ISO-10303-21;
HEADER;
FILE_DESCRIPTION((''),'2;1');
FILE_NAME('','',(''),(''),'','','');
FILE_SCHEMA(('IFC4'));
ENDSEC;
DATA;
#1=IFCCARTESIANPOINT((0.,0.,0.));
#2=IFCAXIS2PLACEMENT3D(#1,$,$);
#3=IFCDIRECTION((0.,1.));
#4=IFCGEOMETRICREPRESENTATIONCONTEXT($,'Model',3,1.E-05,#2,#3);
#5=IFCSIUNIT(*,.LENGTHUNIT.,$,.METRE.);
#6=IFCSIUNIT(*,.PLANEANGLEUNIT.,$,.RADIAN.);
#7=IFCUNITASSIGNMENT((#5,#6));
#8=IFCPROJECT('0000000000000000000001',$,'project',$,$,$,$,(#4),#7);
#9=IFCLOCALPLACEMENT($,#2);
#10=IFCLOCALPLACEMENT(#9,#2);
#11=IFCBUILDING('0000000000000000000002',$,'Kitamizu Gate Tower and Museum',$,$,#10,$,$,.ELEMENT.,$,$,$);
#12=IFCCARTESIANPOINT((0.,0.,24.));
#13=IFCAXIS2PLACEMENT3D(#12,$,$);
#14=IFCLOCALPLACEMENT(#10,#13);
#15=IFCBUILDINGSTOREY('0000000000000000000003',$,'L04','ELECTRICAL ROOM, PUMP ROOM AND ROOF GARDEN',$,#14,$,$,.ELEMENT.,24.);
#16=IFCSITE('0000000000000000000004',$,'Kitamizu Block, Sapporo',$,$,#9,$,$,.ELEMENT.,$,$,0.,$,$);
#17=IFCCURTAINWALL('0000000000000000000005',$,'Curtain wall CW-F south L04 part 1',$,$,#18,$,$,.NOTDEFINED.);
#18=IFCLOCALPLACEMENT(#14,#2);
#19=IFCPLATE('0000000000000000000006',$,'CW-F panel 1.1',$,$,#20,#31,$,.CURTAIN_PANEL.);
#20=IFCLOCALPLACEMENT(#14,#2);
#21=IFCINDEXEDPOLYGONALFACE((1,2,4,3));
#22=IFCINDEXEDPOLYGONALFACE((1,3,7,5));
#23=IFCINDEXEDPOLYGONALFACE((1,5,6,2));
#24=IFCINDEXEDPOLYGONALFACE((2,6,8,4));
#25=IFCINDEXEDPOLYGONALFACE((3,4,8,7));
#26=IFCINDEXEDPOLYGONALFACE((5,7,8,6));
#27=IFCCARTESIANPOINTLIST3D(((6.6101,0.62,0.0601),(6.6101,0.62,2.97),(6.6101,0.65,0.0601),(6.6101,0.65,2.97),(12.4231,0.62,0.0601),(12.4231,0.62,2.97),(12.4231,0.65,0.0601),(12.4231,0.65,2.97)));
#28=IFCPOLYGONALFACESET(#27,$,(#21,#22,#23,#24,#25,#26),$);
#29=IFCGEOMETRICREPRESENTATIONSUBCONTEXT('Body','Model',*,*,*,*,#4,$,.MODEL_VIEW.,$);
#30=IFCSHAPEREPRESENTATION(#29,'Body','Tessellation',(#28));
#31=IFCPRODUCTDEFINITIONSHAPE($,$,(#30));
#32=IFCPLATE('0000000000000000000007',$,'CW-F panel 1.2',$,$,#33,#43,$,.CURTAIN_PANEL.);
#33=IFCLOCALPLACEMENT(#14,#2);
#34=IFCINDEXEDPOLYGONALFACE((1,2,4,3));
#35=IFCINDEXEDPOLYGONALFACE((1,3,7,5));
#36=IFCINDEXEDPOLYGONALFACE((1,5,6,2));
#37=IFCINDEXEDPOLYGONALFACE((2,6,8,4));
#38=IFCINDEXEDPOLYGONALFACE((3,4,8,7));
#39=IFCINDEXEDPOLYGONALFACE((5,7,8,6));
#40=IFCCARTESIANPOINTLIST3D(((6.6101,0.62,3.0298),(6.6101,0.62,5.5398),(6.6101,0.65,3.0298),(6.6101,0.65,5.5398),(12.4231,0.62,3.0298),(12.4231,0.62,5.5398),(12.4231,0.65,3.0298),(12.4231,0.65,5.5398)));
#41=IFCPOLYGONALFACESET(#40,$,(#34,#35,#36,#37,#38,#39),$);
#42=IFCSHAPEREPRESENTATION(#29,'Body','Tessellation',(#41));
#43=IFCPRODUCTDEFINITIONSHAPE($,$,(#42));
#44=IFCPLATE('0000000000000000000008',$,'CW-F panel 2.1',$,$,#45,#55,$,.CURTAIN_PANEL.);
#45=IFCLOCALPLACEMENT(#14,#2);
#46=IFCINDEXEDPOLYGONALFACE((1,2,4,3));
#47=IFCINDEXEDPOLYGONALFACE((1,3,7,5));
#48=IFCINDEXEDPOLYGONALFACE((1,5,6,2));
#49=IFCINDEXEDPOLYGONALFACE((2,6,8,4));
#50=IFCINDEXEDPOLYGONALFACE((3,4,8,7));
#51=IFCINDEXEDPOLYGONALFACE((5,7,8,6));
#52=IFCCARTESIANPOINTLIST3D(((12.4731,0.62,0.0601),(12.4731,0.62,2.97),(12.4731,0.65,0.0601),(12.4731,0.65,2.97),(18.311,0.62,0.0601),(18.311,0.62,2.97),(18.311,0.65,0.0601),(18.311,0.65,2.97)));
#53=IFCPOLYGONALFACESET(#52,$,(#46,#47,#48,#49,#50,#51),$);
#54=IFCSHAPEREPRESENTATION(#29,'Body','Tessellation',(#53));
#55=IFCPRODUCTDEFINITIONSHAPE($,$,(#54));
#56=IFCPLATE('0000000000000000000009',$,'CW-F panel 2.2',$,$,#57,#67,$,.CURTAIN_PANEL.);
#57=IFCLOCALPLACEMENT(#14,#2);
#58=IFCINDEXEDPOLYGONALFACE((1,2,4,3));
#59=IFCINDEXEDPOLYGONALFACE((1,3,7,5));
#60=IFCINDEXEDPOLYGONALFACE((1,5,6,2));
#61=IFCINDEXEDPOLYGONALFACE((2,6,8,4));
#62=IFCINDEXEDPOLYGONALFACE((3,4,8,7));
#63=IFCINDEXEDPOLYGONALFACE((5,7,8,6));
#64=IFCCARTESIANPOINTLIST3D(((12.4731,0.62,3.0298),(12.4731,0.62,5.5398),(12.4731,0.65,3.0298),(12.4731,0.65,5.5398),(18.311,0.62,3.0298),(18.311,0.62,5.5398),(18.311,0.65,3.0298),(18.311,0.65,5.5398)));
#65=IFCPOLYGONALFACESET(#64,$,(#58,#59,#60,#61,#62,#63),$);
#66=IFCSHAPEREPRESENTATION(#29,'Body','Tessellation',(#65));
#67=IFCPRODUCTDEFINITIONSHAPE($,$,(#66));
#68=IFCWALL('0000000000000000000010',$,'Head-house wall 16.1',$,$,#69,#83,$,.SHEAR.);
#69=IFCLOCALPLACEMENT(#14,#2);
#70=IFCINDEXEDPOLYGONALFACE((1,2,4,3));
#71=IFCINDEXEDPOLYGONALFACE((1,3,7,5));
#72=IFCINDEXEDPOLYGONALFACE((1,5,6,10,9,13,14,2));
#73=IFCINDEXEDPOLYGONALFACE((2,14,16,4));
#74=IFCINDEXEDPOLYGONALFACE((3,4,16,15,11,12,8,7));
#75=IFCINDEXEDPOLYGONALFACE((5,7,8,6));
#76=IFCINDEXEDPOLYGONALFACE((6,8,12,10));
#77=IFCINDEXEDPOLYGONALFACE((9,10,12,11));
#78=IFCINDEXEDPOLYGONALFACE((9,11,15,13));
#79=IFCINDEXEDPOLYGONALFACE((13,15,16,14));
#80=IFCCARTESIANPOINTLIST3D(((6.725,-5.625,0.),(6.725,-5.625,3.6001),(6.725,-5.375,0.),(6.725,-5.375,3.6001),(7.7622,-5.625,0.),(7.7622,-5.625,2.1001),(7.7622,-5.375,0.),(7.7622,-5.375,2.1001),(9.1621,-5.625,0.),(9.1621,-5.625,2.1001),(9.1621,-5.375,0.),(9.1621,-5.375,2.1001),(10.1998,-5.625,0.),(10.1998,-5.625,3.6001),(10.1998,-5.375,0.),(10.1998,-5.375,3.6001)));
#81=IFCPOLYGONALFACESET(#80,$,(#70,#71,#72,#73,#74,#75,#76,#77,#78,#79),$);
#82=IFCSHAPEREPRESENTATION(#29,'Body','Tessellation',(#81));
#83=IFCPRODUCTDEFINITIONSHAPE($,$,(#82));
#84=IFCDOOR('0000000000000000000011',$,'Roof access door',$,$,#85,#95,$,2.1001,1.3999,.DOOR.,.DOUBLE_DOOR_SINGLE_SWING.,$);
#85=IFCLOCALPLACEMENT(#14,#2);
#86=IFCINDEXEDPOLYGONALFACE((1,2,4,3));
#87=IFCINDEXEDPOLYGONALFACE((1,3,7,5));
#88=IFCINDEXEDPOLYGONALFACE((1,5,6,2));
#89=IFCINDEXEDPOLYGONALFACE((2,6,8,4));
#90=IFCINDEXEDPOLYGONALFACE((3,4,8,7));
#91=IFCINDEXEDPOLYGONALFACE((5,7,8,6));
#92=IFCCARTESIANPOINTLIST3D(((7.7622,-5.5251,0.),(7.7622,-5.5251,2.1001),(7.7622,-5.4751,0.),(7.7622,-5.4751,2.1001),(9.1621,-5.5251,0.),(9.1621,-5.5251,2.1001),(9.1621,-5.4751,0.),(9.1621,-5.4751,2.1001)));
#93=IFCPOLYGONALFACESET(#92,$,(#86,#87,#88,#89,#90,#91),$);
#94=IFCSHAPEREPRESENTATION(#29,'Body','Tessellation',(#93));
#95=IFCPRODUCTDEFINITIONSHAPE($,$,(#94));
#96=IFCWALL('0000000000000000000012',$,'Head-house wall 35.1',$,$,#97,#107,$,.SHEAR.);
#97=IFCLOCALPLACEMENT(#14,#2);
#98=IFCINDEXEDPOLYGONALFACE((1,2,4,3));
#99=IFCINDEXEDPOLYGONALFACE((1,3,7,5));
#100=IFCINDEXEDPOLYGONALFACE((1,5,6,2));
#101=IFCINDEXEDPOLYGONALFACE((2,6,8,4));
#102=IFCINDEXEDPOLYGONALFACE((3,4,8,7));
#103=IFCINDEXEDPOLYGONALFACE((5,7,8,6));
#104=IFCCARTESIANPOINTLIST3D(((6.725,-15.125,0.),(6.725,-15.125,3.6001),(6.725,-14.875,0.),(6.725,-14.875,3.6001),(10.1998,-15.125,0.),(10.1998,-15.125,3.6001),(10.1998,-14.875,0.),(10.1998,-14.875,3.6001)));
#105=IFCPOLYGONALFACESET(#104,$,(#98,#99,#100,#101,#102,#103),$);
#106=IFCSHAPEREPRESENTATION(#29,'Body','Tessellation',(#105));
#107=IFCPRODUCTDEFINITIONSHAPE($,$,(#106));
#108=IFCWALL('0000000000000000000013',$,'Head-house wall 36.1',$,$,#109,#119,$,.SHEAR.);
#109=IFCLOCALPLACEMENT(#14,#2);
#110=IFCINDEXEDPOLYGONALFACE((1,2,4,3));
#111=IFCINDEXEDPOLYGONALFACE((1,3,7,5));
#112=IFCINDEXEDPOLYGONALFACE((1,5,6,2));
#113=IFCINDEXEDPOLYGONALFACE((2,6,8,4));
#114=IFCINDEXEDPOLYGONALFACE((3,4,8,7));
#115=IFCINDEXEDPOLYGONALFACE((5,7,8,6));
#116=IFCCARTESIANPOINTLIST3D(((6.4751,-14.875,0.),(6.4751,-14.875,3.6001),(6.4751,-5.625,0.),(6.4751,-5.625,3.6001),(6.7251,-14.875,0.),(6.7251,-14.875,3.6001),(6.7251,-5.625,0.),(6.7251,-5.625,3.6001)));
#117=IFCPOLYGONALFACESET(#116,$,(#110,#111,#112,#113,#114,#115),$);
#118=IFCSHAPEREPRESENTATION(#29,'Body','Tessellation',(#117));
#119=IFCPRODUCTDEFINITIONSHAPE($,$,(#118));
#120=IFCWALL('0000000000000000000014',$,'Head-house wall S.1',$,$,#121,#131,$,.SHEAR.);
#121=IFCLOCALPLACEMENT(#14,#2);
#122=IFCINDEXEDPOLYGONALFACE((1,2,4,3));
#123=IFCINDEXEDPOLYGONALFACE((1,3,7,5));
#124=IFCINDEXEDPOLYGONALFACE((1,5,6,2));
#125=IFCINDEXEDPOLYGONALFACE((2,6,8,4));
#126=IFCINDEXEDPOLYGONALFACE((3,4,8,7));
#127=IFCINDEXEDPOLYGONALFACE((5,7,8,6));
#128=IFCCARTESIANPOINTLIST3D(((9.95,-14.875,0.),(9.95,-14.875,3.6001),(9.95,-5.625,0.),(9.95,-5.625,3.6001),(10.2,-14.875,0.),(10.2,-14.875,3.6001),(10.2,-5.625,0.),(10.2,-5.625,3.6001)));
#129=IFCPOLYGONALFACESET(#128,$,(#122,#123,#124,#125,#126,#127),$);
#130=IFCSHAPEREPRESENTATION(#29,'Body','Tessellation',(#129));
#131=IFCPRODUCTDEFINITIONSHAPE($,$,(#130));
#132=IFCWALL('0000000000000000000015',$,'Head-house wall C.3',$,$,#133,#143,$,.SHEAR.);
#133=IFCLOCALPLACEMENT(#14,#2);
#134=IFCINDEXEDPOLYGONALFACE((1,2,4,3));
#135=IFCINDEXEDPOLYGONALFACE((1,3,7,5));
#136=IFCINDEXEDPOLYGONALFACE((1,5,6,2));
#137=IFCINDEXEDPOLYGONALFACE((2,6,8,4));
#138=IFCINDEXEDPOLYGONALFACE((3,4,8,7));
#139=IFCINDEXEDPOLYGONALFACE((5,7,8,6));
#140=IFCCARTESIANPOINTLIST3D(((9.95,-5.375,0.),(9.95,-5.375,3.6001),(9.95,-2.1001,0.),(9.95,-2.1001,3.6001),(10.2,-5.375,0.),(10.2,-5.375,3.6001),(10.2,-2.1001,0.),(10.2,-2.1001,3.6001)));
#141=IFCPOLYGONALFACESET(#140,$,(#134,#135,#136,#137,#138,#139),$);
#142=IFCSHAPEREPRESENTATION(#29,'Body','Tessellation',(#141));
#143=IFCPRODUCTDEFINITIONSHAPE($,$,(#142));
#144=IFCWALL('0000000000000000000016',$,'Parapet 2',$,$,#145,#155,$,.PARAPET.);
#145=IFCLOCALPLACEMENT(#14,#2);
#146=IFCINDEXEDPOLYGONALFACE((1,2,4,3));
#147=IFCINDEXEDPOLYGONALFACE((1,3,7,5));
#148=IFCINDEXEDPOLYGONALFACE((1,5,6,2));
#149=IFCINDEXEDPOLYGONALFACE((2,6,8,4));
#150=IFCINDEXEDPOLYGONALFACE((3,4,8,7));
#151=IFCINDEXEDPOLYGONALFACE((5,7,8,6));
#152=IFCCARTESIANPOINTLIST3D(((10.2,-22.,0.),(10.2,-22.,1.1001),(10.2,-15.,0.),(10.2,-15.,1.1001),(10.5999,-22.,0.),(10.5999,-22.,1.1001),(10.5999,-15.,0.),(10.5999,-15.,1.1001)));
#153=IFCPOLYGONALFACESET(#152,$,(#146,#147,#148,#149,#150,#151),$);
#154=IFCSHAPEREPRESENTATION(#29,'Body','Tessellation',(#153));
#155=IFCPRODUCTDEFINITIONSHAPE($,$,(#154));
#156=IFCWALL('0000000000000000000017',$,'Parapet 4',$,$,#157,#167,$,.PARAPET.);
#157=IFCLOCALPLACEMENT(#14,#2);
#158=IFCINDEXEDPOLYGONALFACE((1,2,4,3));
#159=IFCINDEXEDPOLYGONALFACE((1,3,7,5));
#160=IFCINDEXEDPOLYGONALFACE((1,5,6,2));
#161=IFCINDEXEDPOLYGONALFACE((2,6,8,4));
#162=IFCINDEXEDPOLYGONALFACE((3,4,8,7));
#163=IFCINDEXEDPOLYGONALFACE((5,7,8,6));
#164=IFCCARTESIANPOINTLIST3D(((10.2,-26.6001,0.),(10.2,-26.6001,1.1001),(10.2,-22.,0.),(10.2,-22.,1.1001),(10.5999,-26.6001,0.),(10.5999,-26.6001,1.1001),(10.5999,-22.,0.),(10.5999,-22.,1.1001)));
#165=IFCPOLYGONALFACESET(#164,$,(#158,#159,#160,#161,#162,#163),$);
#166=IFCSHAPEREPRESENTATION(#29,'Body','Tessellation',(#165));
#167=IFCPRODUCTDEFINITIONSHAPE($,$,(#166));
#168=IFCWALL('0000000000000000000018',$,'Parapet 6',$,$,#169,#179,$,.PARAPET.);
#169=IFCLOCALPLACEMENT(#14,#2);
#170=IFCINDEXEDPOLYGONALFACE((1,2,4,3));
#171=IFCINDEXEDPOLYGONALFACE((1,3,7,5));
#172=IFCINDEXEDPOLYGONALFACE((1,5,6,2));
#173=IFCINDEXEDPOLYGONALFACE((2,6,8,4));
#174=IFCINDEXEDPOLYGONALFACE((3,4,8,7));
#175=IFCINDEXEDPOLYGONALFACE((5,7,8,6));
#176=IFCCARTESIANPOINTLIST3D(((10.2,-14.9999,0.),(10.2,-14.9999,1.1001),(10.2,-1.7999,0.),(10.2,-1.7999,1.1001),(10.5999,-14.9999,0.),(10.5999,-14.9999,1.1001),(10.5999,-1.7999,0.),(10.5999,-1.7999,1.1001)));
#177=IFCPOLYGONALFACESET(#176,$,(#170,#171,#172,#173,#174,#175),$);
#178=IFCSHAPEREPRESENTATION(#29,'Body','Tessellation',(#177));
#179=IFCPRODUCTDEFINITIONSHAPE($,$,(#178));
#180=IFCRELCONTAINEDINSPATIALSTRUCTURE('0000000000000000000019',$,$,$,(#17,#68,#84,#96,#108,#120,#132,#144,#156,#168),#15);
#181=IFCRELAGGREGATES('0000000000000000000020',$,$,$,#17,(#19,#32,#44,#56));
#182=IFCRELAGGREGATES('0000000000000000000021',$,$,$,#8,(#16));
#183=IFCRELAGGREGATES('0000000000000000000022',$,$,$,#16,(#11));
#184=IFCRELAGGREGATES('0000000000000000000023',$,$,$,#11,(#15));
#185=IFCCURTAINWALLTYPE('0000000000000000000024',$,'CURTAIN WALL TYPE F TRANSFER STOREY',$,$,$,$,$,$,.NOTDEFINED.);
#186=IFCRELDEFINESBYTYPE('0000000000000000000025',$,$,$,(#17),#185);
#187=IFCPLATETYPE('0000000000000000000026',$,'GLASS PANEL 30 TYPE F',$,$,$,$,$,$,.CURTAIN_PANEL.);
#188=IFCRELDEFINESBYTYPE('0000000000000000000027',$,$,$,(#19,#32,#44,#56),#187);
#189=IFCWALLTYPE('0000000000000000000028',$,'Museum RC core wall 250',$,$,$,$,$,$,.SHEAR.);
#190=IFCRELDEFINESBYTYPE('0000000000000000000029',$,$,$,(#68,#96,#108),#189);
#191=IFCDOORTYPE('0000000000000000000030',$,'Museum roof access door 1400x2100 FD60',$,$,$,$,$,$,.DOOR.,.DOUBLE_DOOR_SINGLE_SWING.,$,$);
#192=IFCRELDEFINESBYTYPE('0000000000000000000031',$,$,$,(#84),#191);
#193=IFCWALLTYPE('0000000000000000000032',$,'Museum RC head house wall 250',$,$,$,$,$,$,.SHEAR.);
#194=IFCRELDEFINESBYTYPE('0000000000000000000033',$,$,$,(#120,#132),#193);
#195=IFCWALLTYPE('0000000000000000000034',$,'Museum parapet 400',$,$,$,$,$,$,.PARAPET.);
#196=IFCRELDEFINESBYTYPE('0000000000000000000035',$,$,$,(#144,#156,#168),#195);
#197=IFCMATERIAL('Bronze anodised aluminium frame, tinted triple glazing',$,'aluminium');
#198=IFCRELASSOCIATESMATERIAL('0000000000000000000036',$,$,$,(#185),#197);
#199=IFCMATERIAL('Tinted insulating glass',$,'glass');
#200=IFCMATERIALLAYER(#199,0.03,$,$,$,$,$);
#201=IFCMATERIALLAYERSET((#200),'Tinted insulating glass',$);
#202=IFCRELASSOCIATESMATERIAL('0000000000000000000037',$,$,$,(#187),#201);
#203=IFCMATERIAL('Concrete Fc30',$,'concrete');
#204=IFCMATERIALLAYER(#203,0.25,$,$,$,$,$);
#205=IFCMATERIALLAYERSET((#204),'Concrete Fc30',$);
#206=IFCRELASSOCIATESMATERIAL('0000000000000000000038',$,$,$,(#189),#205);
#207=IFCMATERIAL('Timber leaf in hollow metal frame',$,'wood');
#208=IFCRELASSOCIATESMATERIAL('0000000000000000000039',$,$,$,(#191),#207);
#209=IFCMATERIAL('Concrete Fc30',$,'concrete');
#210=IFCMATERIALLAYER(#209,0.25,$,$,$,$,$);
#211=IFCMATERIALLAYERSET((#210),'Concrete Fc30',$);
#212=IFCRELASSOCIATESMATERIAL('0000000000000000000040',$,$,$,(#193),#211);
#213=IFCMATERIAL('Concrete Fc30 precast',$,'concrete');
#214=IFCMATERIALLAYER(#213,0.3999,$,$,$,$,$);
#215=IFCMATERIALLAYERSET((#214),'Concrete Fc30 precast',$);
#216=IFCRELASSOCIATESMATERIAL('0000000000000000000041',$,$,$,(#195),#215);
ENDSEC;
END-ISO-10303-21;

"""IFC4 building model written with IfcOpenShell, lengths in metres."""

from ifc_helpers import new_model, si_unit, direction, frame, frame_2d, origin, origin_2d, place, context, subcontext, project, spatial, rectangle, extrude, material, layer, layer_set, type_object, element, fill, aggregate, save


model = new_model("IFC4")

# Units and contexts
model_context = context("Model", 3, precision=1e-05, world=origin(), true_north=direction((0.0, 1.0)))
body_context = subcontext(model_context, "Body", "Model", "MODEL_VIEW")
ifc_project = project(units=[si_unit("LENGTHUNIT", "METRE"), si_unit("PLANEANGLEUNIT", "RADIAN")], contexts=[model_context])

# Site, building, storey
site_placement = place(None, origin())
site = spatial("IfcSite", under=ifc_project, at=site_placement, Name="Kitamizu Block, Sapporo", CompositionType="ELEMENT", RefElevation=0.0)
building_placement = place(site_placement, origin())
building = spatial("IfcBuilding", under=site, at=building_placement, Name="Kitamizu Gate Tower and Museum", CompositionType="ELEMENT")
storey_placement = place(building_placement, frame((0.0, 0.0, 24.0)))
storey = spatial("IfcBuildingStorey", under=building, at=storey_placement, Name="L04", Description="ELECTRICAL ROOM, PUMP ROOM AND ROOF GARDEN", CompositionType="ELEMENT", Elevation=24.0)

# Curtain wall
ifc_material_1 = material(Name="Bronze anodised aluminium frame, tinted triple glazing", Category="aluminium")
curtain_wall_type = type_object("IfcCurtainWallType", Name="CURTAIN WALL TYPE F TRANSFER STOREY", PredefinedType="NOTDEFINED", material=ifc_material_1)
curtain_wall_placement = place(storey_placement, origin())
curtain_wall = element("IfcCurtainWall", 1, at=curtain_wall_placement, inside=storey, type_object=curtain_wall_type, Name="Curtain wall CW-F south L04 part 1", PredefinedType="NOTDEFINED")

# Plates
ifc_material_2 = material(Name="Tinted insulating glass", Category="glass")
ifc_layer_1 = layer(ifc_material_2, 0.03)
ifc_layer_set_1 = layer_set([ifc_layer_1], Name="Tinted insulating glass")
plate_type = type_object("IfcPlateType", Name="GLASS PANEL 30 TYPE F", PredefinedType="CURTAIN_PANEL", material=ifc_layer_set_1)
plate_1_placement = place(storey_placement, frame((9.5166, 0.635, 0.0601), z_axis=(0.0, 0.0, 1.0), x_axis=(1.0, 0.0, 0.0)))
plate_1 = element("IfcPlate", 2, at=plate_1_placement, type_object=plate_type, Name="CW-F panel 1.1", PredefinedType="CURTAIN_PANEL", context=body_context, shape_type="SweptSolid", body=[
    extrude(rectangle(XDim=5.813, YDim=0.03, at=origin_2d()), origin(), (0.0, 0.0, 1.0), 2.9099),
])
plate_2_placement = place(storey_placement, frame((9.5166, 0.635, 3.0298), z_axis=(0.0, 0.0, 1.0), x_axis=(1.0, 0.0, 0.0)))
plate_2 = element("IfcPlate", 3, at=plate_2_placement, type_object=plate_type, Name="CW-F panel 1.2", PredefinedType="CURTAIN_PANEL", context=body_context, shape_type="SweptSolid", body=[
    extrude(rectangle(XDim=5.813, YDim=0.03, at=origin_2d()), origin(), (0.0, 0.0, 1.0), 2.51),
])
plate_3_placement = place(storey_placement, frame((15.3921, 0.635, 0.0601), z_axis=(0.0, 0.0, 1.0), x_axis=(1.0, 0.0, 0.0)))
plate_3 = element("IfcPlate", 4, at=plate_3_placement, type_object=plate_type, Name="CW-F panel 2.1", PredefinedType="CURTAIN_PANEL", context=body_context, shape_type="SweptSolid", body=[
    extrude(rectangle(XDim=5.8379, YDim=0.03, at=origin_2d()), origin(), (0.0, 0.0, 1.0), 2.9099),
])
plate_4_placement = place(storey_placement, frame((15.3921, 0.635, 3.0298), z_axis=(0.0, 0.0, 1.0), x_axis=(1.0, 0.0, 0.0)))
plate_4 = element("IfcPlate", 5, at=plate_4_placement, type_object=plate_type, Name="CW-F panel 2.2", PredefinedType="CURTAIN_PANEL", context=body_context, shape_type="SweptSolid", body=[
    extrude(rectangle(XDim=5.8379, YDim=0.03, at=origin_2d()), origin(), (0.0, 0.0, 1.0), 2.51),
])
aggregate(curtain_wall, [plate_1, plate_2, plate_3, plate_4])

# Wall, opening, door
ifc_material_3 = material(Name="Concrete Fc30", Category="concrete")
ifc_layer_2 = layer(ifc_material_3, 0.25)
ifc_layer_set_2 = layer_set([ifc_layer_2], Name="Concrete Fc30")
wall_type_1 = type_object("IfcWallType", Name="Museum RC core wall 250", PredefinedType="SHEAR", material=ifc_layer_set_2)
wall_1_placement = place(storey_placement, frame((6.7251, -5.5, 0.0), z_axis=(0.0, 0.0, 1.0), x_axis=(1.0, 0.0, 0.0)))
wall_1 = element("IfcWall", 6, at=wall_1_placement, inside=storey, type_object=wall_type_1, Name="Head-house wall 16.1", PredefinedType="SHEAR", context=body_context, shape_type="SweptSolid", body=[
    extrude(rectangle(XDim=3.4749, YDim=0.25, at=frame_2d((1.7373, 0.0))), origin(), (0.0, 0.0, 1.0), 3.6001),
])
opening_placement = place(wall_1_placement, frame((1.0371, 0.0, 0.0)))
opening = element("IfcOpeningElement", 7, at=opening_placement, cuts=wall_1, PredefinedType="OPENING", context=body_context, shape_type="SweptSolid", body=[
    extrude(rectangle(XDim=1.3999, YDim=2.1001, at=frame_2d((0.7, 1.05))), frame((0.0, 0.135, 0.0), z_axis=(0.0, -1.0, 0.0), x_axis=(1.0, 0.0, 0.0)), (0.0, 0.0, 1.0), 0.27),
])
ifc_material_4 = material(Name="Timber leaf in hollow metal frame", Category="wood")
door_type = type_object("IfcDoorType", Name="Museum roof access door 1400x2100 FD60", OperationType="DOUBLE_DOOR_SINGLE_SWING", PredefinedType="DOOR", material=ifc_material_4)
door_placement = place(opening_placement, origin())
door = element("IfcDoor", 8, at=door_placement, inside=storey, type_object=door_type, Name="Roof access door", OperationType="DOUBLE_DOOR_SINGLE_SWING", OverallHeight=2.1001, OverallWidth=1.3999, PredefinedType="DOOR", context=body_context, shape_type="SweptSolid", body=[
    extrude(rectangle(XDim=1.3999, YDim=2.1001, at=frame_2d((0.7, 1.05))), frame((0.0, 0.0249, 0.0), z_axis=(0.0, -1.0, 0.0), x_axis=(1.0, 0.0, 0.0)), (0.0, 0.0, 1.0), 0.05),
])
fill(opening, door)

# Walls
wall_2_placement = place(storey_placement, frame((6.7251, -15.0, 0.0), z_axis=(0.0, 0.0, 1.0), x_axis=(1.0, 0.0, 0.0)))
element("IfcWall", 9, at=wall_2_placement, inside=storey, type_object=wall_type_1, Name="Head-house wall 35.1", PredefinedType="SHEAR", context=body_context, shape_type="SweptSolid", body=[
    extrude(rectangle(XDim=3.4749, YDim=0.25, at=frame_2d((1.7373, 0.0))), origin(), (0.0, 0.0, 1.0), 3.6001),
])
wall_3_placement = place(storey_placement, frame((6.6001, -14.875, 0.0), z_axis=(0.0, 0.0, 1.0), x_axis=(0.0, 1.0, 0.0)))
element("IfcWall", 10, at=wall_3_placement, inside=storey, type_object=wall_type_1, Name="Head-house wall 36.1", PredefinedType="SHEAR", context=body_context, shape_type="SweptSolid", body=[
    extrude(rectangle(XDim=9.25, YDim=0.25, at=frame_2d((4.625, 0.0))), origin(), (0.0, 0.0, 1.0), 3.6001),
])
ifc_material_5 = material(Name="Concrete Fc30", Category="concrete")
ifc_layer_3 = layer(ifc_material_5, 0.25)
ifc_layer_set_3 = layer_set([ifc_layer_3], Name="Concrete Fc30")
wall_type_2 = type_object("IfcWallType", Name="Museum RC head house wall 250", PredefinedType="SHEAR", material=ifc_layer_set_3)
wall_4_placement = place(storey_placement, frame((10.075, -14.875, 0.0), z_axis=(0.0, 0.0, 1.0), x_axis=(0.0, 1.0, 0.0)))
element("IfcWall", 11, at=wall_4_placement, inside=storey, type_object=wall_type_2, Name="Head-house wall S.1", PredefinedType="SHEAR", context=body_context, shape_type="SweptSolid", body=[
    extrude(rectangle(XDim=9.25, YDim=0.25, at=frame_2d((4.625, 0.0))), origin(), (0.0, 0.0, 1.0), 3.6001),
])
wall_5_placement = place(storey_placement, frame((10.075, -5.375, 0.0), z_axis=(0.0, 0.0, 1.0), x_axis=(0.0, 1.0, 0.0)))
element("IfcWall", 12, at=wall_5_placement, inside=storey, type_object=wall_type_2, Name="Head-house wall C.3", PredefinedType="SHEAR", context=body_context, shape_type="SweptSolid", body=[
    extrude(rectangle(XDim=3.2749, YDim=0.25, at=frame_2d((1.6375, 0.0))), origin(), (0.0, 0.0, 1.0), 3.6001),
])
ifc_material_6 = material(Name="Concrete Fc30 precast", Category="concrete")
ifc_layer_4 = layer(ifc_material_6, 0.3999)
ifc_layer_set_4 = layer_set([ifc_layer_4], Name="Concrete Fc30 precast")
wall_type_3 = type_object("IfcWallType", Name="Museum parapet 400", PredefinedType="PARAPET", material=ifc_layer_set_4)
wall_6_placement = place(storey_placement, frame((10.3999, -22.0, 0.0), z_axis=(0.0, 0.0, 1.0), x_axis=(0.0, 1.0, 0.0)))
element("IfcWall", 13, at=wall_6_placement, inside=storey, type_object=wall_type_3, Name="Parapet 2", PredefinedType="PARAPET", context=body_context, shape_type="SweptSolid", body=[
    extrude(rectangle(XDim=7.0, YDim=0.3999, at=frame_2d((3.5, 0.0))), origin(), (0.0, 0.0, 1.0), 1.1001),
])
wall_7_placement = place(storey_placement, frame((10.3999, -26.6001, 0.0), z_axis=(0.0, 0.0, 1.0), x_axis=(0.0, 1.0, 0.0)))
element("IfcWall", 14, at=wall_7_placement, inside=storey, type_object=wall_type_3, Name="Parapet 4", PredefinedType="PARAPET", context=body_context, shape_type="SweptSolid", body=[
    extrude(rectangle(XDim=4.6001, YDim=0.3999, at=frame_2d((2.3, 0.0))), origin(), (0.0, 0.0, 1.0), 1.1001),
])
wall_8_placement = place(storey_placement, frame((10.3999, -15.0, 0.0), z_axis=(0.0, 0.0, 1.0), x_axis=(0.0, 1.0, 0.0)))
element("IfcWall", 15, at=wall_8_placement, inside=storey, type_object=wall_type_3, Name="Parapet 6", PredefinedType="PARAPET", context=body_context, shape_type="SweptSolid", body=[
    extrude(rectangle(XDim=13.2, YDim=0.3999, at=frame_2d((6.6001, 0.0))), origin(), (0.0, 0.0, 1.0), 1.1001),
])

save(model, "model.ifc")
